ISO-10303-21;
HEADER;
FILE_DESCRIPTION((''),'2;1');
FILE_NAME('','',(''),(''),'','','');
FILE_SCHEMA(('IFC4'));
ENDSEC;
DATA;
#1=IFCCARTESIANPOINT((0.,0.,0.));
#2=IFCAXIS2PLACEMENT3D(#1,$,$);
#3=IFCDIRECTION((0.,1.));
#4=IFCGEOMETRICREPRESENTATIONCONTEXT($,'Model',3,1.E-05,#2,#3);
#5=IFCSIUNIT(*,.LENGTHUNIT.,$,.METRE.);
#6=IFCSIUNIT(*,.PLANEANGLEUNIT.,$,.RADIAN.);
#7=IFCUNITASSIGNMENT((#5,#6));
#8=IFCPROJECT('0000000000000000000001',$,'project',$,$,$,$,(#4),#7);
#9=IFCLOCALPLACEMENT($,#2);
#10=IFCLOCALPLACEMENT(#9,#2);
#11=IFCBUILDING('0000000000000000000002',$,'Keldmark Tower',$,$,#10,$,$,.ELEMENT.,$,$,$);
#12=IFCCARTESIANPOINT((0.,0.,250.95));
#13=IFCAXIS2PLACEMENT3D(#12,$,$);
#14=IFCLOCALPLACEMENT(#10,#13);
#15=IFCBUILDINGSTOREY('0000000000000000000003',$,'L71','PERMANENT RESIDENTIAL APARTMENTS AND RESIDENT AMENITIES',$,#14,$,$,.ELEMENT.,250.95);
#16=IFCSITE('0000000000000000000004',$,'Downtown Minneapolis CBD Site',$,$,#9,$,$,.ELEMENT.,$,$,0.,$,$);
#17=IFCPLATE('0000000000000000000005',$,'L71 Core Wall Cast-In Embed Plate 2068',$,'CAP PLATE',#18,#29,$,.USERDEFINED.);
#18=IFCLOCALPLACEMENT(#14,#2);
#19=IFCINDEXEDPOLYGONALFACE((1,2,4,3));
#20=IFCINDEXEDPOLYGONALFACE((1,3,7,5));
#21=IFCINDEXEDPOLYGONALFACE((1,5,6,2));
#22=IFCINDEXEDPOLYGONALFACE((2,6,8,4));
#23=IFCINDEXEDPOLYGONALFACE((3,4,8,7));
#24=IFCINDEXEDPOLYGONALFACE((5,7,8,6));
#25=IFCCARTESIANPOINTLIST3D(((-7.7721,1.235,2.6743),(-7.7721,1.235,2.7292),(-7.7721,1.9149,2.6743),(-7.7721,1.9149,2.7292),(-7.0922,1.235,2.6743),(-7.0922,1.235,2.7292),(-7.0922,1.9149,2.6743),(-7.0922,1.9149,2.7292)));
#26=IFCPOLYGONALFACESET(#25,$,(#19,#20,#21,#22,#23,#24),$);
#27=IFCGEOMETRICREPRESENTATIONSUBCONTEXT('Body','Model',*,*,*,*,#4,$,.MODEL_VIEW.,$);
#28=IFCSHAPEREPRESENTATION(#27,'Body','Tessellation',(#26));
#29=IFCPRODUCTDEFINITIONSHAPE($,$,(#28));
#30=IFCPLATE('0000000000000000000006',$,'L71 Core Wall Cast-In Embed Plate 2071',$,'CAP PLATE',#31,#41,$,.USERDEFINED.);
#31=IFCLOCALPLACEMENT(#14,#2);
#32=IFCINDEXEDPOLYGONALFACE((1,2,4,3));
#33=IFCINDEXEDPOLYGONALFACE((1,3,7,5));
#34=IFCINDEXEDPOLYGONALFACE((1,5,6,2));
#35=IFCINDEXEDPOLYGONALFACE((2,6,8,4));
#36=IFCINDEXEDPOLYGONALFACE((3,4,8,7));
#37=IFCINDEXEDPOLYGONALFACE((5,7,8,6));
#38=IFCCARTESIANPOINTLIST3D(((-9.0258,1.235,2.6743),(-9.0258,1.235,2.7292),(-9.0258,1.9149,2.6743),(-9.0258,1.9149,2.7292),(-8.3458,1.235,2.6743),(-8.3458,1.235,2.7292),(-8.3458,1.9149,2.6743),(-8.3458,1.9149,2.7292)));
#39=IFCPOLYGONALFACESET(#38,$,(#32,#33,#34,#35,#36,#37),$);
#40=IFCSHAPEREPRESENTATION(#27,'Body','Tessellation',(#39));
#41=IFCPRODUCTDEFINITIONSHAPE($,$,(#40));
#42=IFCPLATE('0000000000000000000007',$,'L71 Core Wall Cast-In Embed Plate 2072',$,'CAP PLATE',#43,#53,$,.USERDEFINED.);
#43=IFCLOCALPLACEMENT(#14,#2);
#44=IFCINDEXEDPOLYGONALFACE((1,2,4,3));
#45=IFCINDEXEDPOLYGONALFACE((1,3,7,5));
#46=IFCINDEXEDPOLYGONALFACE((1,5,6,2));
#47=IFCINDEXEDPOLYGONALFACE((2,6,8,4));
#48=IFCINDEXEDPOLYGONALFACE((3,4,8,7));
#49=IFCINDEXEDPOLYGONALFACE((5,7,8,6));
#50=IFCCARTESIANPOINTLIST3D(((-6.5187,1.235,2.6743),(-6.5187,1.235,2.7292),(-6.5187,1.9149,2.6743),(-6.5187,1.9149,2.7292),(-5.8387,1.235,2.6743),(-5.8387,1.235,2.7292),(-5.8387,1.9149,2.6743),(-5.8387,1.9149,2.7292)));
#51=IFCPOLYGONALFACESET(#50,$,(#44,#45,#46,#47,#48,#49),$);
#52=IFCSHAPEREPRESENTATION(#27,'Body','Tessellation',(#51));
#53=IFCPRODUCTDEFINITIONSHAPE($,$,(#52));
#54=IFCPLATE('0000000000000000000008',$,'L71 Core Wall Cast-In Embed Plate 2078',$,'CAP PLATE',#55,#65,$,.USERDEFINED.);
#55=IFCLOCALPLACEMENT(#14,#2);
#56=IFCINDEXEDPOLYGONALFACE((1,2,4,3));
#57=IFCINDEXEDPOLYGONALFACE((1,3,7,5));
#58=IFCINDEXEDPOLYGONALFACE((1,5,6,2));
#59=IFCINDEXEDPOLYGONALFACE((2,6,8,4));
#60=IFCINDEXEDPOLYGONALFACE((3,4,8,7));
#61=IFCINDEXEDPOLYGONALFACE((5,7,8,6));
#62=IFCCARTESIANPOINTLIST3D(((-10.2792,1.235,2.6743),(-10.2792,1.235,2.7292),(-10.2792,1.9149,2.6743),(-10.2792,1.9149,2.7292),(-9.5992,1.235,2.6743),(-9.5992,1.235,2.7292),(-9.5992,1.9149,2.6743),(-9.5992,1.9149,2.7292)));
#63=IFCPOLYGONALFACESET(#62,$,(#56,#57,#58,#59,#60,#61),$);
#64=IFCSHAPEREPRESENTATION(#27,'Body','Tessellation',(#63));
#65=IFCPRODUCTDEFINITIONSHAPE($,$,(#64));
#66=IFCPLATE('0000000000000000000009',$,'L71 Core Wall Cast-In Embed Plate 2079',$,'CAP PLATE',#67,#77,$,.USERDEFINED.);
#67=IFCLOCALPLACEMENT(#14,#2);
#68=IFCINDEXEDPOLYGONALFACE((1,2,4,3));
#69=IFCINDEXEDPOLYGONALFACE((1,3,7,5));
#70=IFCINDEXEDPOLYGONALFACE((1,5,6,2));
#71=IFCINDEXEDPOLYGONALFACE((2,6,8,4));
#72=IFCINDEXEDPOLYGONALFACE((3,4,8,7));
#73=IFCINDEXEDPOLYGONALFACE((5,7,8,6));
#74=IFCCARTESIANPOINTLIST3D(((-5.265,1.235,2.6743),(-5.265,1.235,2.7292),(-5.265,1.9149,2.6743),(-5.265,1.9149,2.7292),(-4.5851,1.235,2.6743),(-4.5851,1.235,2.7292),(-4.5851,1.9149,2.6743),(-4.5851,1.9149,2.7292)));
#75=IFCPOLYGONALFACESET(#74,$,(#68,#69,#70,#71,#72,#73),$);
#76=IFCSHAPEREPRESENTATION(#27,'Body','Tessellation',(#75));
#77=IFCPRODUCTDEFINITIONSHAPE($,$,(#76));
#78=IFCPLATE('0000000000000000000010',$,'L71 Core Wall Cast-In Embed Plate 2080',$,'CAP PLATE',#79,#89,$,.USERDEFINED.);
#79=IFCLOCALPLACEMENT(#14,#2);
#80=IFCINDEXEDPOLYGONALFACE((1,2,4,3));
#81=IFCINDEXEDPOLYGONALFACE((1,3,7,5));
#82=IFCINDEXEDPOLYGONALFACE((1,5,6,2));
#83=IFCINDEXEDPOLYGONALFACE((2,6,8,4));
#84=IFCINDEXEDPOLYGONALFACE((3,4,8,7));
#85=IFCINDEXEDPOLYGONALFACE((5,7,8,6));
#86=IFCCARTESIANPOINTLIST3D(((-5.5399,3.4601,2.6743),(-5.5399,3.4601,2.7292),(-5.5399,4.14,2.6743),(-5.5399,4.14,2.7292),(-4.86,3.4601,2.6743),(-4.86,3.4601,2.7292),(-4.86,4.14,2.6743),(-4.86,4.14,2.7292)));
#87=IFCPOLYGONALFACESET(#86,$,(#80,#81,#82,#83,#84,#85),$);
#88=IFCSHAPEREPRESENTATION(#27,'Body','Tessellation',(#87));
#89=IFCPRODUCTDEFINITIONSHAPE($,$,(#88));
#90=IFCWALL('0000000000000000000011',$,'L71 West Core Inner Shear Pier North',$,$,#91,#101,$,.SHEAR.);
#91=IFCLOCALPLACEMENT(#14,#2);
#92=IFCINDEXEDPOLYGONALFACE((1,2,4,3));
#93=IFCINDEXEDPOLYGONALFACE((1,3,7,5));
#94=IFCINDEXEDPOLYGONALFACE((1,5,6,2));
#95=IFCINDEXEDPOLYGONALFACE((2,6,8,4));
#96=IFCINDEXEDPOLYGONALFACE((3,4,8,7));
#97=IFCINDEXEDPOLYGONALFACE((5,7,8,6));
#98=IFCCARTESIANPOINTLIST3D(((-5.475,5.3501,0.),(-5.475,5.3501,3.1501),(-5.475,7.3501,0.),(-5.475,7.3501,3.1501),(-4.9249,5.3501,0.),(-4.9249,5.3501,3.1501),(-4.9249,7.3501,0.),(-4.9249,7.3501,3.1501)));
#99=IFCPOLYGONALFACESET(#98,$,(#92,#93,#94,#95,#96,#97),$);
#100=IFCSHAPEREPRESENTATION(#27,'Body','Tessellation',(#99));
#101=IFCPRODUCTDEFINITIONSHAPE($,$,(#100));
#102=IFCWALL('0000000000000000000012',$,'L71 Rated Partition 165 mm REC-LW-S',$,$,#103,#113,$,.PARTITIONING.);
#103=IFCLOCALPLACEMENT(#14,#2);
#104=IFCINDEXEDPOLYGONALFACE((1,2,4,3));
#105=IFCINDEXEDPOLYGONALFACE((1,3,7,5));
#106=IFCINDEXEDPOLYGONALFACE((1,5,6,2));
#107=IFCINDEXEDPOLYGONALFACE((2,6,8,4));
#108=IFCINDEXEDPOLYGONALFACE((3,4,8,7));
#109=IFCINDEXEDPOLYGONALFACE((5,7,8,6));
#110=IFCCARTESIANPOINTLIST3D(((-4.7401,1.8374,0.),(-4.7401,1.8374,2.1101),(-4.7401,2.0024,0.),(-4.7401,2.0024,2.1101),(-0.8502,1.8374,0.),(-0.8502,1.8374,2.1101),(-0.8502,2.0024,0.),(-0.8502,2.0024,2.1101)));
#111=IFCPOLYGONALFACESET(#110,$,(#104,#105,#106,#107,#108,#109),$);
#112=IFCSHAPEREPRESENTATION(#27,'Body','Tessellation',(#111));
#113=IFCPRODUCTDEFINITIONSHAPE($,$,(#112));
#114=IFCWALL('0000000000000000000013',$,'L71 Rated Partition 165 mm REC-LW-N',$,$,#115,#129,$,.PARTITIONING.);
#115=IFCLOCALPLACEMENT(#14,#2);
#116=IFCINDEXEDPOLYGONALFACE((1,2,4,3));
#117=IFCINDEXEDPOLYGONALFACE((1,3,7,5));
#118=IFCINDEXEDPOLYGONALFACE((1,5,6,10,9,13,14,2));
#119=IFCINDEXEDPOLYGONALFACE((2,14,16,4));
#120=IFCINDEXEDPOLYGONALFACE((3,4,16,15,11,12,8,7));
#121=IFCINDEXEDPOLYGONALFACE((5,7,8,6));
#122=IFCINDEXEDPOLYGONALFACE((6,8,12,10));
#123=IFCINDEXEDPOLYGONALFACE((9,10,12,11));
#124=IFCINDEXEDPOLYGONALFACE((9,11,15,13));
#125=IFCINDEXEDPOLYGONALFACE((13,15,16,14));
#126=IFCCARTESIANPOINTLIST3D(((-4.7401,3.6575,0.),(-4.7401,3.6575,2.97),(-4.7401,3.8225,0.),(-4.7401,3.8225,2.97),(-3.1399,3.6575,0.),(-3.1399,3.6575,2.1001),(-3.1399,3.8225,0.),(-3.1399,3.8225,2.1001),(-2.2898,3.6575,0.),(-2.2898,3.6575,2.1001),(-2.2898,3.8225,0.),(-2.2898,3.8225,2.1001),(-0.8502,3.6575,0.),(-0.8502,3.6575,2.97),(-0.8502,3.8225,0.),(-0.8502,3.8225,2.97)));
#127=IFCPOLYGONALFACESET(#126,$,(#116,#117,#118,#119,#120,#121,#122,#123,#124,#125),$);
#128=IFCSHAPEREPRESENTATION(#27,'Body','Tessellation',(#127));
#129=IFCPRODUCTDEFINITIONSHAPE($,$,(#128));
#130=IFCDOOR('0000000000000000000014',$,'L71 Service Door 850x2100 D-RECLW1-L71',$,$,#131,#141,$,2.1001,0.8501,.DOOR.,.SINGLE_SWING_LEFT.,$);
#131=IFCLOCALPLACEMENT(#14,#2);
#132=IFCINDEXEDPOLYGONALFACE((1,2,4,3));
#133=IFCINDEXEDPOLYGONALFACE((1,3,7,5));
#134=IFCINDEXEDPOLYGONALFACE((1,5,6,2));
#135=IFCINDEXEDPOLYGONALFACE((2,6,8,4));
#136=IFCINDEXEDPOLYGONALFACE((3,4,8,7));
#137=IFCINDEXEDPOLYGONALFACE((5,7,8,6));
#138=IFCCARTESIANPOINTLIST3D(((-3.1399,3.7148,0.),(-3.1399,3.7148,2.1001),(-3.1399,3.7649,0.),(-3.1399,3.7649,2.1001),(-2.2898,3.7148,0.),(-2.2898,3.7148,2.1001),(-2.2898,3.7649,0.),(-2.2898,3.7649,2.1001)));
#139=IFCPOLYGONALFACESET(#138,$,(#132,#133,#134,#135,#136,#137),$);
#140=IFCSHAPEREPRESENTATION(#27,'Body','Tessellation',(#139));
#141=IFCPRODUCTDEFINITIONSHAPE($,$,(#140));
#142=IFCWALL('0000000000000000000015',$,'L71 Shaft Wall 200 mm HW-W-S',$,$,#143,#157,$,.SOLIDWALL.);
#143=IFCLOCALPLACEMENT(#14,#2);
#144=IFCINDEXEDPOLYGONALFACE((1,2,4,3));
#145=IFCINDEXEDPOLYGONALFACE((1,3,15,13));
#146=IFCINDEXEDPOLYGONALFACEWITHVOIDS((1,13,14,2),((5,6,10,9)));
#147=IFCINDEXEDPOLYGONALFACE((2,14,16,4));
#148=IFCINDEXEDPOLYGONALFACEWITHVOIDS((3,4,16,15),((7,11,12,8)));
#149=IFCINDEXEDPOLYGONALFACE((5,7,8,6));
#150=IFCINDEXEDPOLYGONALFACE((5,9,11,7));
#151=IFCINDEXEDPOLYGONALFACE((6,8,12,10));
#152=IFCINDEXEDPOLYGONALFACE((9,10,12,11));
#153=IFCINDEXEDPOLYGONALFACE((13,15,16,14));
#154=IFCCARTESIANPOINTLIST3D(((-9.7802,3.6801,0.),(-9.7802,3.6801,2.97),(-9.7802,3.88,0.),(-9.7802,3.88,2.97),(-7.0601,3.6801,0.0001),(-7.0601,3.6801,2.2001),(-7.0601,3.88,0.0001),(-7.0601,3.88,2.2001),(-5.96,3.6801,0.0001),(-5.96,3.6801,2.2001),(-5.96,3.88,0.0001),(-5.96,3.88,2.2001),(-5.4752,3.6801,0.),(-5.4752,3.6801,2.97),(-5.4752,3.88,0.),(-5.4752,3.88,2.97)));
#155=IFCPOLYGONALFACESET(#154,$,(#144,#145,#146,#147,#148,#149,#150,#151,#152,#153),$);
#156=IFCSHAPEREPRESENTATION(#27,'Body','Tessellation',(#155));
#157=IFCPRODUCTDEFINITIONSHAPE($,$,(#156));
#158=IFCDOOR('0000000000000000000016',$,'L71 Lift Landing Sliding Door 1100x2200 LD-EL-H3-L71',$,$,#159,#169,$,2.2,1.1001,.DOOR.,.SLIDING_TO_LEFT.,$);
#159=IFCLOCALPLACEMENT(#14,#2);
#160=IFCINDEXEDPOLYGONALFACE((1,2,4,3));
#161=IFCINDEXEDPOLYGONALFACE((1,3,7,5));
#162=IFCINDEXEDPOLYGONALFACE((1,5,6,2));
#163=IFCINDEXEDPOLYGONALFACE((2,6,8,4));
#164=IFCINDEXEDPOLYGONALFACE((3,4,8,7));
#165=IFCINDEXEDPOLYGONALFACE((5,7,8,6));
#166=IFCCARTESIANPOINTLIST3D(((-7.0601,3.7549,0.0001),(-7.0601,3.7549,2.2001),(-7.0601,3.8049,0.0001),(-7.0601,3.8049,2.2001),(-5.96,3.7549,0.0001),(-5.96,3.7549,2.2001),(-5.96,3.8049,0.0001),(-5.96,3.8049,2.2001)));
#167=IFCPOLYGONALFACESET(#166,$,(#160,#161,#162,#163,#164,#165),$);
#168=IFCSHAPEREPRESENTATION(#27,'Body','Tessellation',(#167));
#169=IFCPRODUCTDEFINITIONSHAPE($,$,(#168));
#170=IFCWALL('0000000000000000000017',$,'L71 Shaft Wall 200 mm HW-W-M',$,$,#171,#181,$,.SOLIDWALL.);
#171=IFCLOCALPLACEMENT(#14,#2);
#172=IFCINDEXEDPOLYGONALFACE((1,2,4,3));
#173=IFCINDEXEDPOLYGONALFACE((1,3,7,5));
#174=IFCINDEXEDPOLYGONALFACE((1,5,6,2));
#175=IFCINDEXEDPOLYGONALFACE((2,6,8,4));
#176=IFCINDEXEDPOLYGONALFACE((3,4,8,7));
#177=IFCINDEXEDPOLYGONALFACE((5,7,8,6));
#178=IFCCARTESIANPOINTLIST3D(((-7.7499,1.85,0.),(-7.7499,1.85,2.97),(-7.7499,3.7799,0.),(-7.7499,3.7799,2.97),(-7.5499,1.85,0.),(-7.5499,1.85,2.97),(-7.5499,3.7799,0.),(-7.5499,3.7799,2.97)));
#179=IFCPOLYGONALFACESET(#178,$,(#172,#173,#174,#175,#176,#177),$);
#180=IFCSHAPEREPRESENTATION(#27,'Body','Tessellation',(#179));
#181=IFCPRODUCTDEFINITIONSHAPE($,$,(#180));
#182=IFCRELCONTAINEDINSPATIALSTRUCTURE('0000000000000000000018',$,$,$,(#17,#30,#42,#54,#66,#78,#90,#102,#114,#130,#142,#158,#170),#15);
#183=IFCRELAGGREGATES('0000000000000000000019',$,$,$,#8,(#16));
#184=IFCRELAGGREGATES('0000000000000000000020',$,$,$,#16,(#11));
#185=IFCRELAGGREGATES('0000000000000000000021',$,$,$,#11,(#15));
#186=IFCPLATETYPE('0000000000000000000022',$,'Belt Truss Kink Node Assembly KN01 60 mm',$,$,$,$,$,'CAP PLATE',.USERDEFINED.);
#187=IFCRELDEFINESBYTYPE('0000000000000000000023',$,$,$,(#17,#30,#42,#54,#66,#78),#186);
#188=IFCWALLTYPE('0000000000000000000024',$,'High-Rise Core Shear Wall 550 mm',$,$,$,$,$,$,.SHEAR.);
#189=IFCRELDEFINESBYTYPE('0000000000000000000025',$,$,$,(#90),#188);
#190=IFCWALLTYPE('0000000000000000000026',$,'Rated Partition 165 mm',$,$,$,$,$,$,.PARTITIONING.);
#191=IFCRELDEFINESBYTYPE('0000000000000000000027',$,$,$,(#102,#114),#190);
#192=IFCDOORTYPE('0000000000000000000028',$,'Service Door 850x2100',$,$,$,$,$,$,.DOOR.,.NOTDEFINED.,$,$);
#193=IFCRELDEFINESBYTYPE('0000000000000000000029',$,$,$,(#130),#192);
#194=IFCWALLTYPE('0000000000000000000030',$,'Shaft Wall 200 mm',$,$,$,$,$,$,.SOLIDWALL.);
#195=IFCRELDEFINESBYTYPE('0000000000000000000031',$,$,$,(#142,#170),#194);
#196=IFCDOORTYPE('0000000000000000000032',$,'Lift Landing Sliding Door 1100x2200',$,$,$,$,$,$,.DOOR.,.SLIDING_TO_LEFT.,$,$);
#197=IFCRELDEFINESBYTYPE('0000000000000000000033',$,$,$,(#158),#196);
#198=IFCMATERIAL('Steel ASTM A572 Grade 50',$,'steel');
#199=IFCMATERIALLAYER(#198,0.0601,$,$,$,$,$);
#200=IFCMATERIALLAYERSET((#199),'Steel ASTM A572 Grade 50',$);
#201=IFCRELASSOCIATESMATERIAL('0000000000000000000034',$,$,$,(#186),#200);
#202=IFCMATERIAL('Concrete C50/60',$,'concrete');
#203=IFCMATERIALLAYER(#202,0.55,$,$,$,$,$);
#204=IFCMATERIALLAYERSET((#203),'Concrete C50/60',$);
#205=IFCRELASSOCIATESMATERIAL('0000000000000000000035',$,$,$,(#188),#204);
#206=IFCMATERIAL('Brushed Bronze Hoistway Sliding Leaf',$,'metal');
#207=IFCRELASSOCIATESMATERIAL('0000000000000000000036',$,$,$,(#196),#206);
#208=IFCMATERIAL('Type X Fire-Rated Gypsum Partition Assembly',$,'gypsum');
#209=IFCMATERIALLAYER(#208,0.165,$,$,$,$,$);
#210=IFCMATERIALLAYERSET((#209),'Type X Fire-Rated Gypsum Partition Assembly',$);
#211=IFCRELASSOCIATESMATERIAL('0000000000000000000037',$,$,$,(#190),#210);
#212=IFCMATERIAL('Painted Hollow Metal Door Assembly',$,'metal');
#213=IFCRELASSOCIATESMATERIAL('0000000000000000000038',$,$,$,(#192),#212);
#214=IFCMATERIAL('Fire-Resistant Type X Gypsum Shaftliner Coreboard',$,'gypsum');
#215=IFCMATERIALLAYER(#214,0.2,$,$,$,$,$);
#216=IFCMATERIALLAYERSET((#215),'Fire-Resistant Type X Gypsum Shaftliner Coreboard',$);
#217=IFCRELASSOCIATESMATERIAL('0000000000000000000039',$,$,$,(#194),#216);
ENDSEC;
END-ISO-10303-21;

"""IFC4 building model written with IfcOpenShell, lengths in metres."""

from ifc_helpers import new_model, si_unit, direction, frame, frame_2d, origin, origin_2d, place, context, subcontext, project, spatial, rectangle, extrude, material, layer, layer_set, type_object, element, fill, save


model = new_model("IFC4")

# Units and contexts
model_context = context("Model", 3, precision=1e-05, world=origin(), true_north=direction((0.0, 1.0)))
body_context = subcontext(model_context, "Body", "Model", "MODEL_VIEW")
ifc_project = project(units=[si_unit("LENGTHUNIT", "METRE"), si_unit("PLANEANGLEUNIT", "RADIAN")], contexts=[model_context])

# Site, building, storey
site_placement = place(None, origin())
site = spatial("IfcSite", under=ifc_project, at=site_placement, Name="Downtown Minneapolis CBD Site", CompositionType="ELEMENT", RefElevation=0.0)
building_placement = place(site_placement, origin())
building = spatial("IfcBuilding", under=site, at=building_placement, Name="Keldmark Tower", CompositionType="ELEMENT")
storey_placement = place(building_placement, frame((0.0, 0.0, 250.95)))
storey = spatial("IfcBuildingStorey", under=building, at=storey_placement, Name="L71", Description="PERMANENT RESIDENTIAL APARTMENTS AND RESIDENT AMENITIES", CompositionType="ELEMENT", Elevation=250.95)

# Plates
ifc_material_1 = material(Name="Steel ASTM A572 Grade 50", Category="steel")
ifc_layer_1 = layer(ifc_material_1, 0.0601)
ifc_layer_set_1 = layer_set([ifc_layer_1], Name="Steel ASTM A572 Grade 50")
plate_type = type_object("IfcPlateType", Name="Belt Truss Kink Node Assembly KN01 60 mm", ElementType="CAP PLATE", PredefinedType="USERDEFINED", material=ifc_layer_set_1)
for number, where, z_axis, x_axis, name in (
    (1, (-7.4321, 1.575, 2.6743), (0.0, 0.0, 1.0), (1.0, 0.0, 0.0), "L71 Core Wall Cast-In Embed Plate 2068"),
    (2, (-8.6858, 1.575, 2.6743), (0.0, 0.0, 1.0), (1.0, 0.0, 0.0), "L71 Core Wall Cast-In Embed Plate 2071"),
    (3, (-6.1787, 1.575, 2.6743), (0.0, 0.0, 1.0), (1.0, 0.0, 0.0), "L71 Core Wall Cast-In Embed Plate 2072"),
    (4, (-9.9392, 1.575, 2.6743), (0.0, 0.0, 1.0), (1.0, 0.0, 0.0), "L71 Core Wall Cast-In Embed Plate 2078"),
    (5, (-4.925, 1.575, 2.6743), (0.0, 0.0, 1.0), (1.0, 0.0, 0.0), "L71 Core Wall Cast-In Embed Plate 2079"),
    (6, (-5.2, 3.8, 2.6743), (0.0, 0.0, 1.0), (1.0, 0.0, 0.0), "L71 Core Wall Cast-In Embed Plate 2080"),
):
    element("IfcPlate", number, at=place(storey_placement, frame(where, z_axis=z_axis, x_axis=x_axis)), inside=storey, type_object=plate_type, Name=name, ObjectType="CAP PLATE", PredefinedType="USERDEFINED", context=body_context, shape_type="SweptSolid", body=[
        extrude(rectangle(XDim=0.6799, YDim=0.6799, at=origin_2d()), origin(), (0.0, 0.0, 1.0), 0.0549),
    ])

# Shared definitions
ifc_material_2 = material(Name="Concrete C50/60", Category="concrete")
ifc_layer_2 = layer(ifc_material_2, 0.55)
ifc_layer_set_2 = layer_set([ifc_layer_2], Name="Concrete C50/60")
wall_type_1 = type_object("IfcWallType", Name="High-Rise Core Shear Wall 550 mm", PredefinedType="SHEAR", material=ifc_layer_set_2)
ifc_material_3 = material(Name="Brushed Bronze Hoistway Sliding Leaf", Category="metal")
door_type_1 = type_object("IfcDoorType", Name="Lift Landing Sliding Door 1100x2200", OperationType="SLIDING_TO_LEFT", PredefinedType="DOOR", material=ifc_material_3)

# Walls
wall_1_placement = place(storey_placement, frame((-5.2, 5.3501, 0.0), z_axis=(0.0, 0.0, 1.0), x_axis=(0.0, 1.0, 0.0)))
element("IfcWall", 7, at=wall_1_placement, inside=storey, type_object=wall_type_1, Name="L71 West Core Inner Shear Pier North", PredefinedType="SHEAR", context=body_context, shape_type="SweptSolid", body=[
    extrude(rectangle(XDim=2.0, YDim=0.55, at=frame_2d((1.0, 0.0))), origin(), (0.0, 0.0, 1.0), 3.1501),
])
ifc_material_4 = material(Name="Type X Fire-Rated Gypsum Partition Assembly", Category="gypsum")
ifc_layer_3 = layer(ifc_material_4, 0.165)
ifc_layer_set_3 = layer_set([ifc_layer_3], Name="Type X Fire-Rated Gypsum Partition Assembly")
wall_type_2 = type_object("IfcWallType", Name="Rated Partition 165 mm", PredefinedType="PARTITIONING", material=ifc_layer_set_3)
wall_2_placement = place(storey_placement, frame((-4.74, 1.9199, 0.0), z_axis=(0.0, 0.0, 1.0), x_axis=(1.0, 0.0, 0.0)))
element("IfcWall", 8, at=wall_2_placement, inside=storey, type_object=wall_type_2, Name="L71 Rated Partition 165 mm REC-LW-S", PredefinedType="PARTITIONING", context=body_context, shape_type="SweptSolid", body=[
    extrude(rectangle(XDim=3.8899, YDim=0.165, at=frame_2d((1.9448, 0.0))), origin(), (0.0, 0.0, 1.0), 2.1101),
])

# Walls, openings, doors
wall_3_placement = place(storey_placement, frame((-4.74, 3.74, 0.0), z_axis=(0.0, 0.0, 1.0), x_axis=(1.0, 0.0, 0.0)))
wall_3 = element("IfcWall", 9, at=wall_3_placement, inside=storey, type_object=wall_type_2, Name="L71 Rated Partition 165 mm REC-LW-N", PredefinedType="PARTITIONING", context=body_context, shape_type="SweptSolid", body=[
    extrude(rectangle(XDim=3.8899, YDim=0.165, at=frame_2d((1.9448, 0.0))), origin(), (0.0, 0.0, 1.0), 2.97),
])
opening_1_placement = place(wall_3_placement, frame((1.6001, 0.0, 0.0)))
opening_1 = element("IfcOpeningElement", 10, at=opening_1_placement, cuts=wall_3, PredefinedType="OPENING", context=body_context, shape_type="SweptSolid", body=[
    extrude(rectangle(XDim=0.8501, YDim=2.1001, at=frame_2d((0.425, 1.05))), frame((0.0, 0.0925, 0.0), z_axis=(0.0, -1.0, 0.0), x_axis=(1.0, 0.0, 0.0)), (0.0, 0.0, 1.0), 0.1851),
])
ifc_material_5 = material(Name="Painted Hollow Metal Door Assembly", Category="metal")
door_type_2 = type_object("IfcDoorType", Name="Service Door 850x2100", OperationType="NOTDEFINED", PredefinedType="DOOR", material=ifc_material_5)
door_1_placement = place(opening_1_placement, origin())
door_1 = element("IfcDoor", 11, at=door_1_placement, inside=storey, type_object=door_type_2, Name="L71 Service Door 850x2100 D-RECLW1-L71", OperationType="SINGLE_SWING_LEFT", OverallHeight=2.1001, OverallWidth=0.8501, PredefinedType="DOOR", context=body_context, shape_type="SweptSolid", body=[
    extrude(rectangle(XDim=0.8501, YDim=2.1001, at=frame_2d((0.425, 1.05))), frame((0.0, 0.0249, 0.0), z_axis=(0.0, -1.0, 0.0), x_axis=(1.0, 0.0, 0.0)), (0.0, 0.0, 1.0), 0.05),
])
fill(opening_1, door_1)
ifc_material_6 = material(Name="Fire-Resistant Type X Gypsum Shaftliner Coreboard", Category="gypsum")
ifc_layer_4 = layer(ifc_material_6, 0.2)
ifc_layer_set_4 = layer_set([ifc_layer_4], Name="Fire-Resistant Type X Gypsum Shaftliner Coreboard")
wall_type_3 = type_object("IfcWallType", Name="Shaft Wall 200 mm", PredefinedType="SOLIDWALL", material=ifc_layer_set_4)
wall_4_placement = place(storey_placement, frame((-9.78, 3.78, 0.0), z_axis=(0.0, 0.0, 1.0), x_axis=(1.0, 0.0, 0.0)))
wall_4 = element("IfcWall", 12, at=wall_4_placement, inside=storey, type_object=wall_type_3, Name="L71 Shaft Wall 200 mm HW-W-S", PredefinedType="SOLIDWALL", context=body_context, shape_type="SweptSolid", body=[
    extrude(rectangle(XDim=4.3049, YDim=0.2, at=frame_2d((2.1523, 0.0))), origin(), (0.0, 0.0, 1.0), 2.97),
])
opening_2_placement = place(wall_4_placement, frame((2.72, 0.0, 0.0)))
opening_2 = element("IfcOpeningElement", 13, at=opening_2_placement, cuts=wall_4, PredefinedType="OPENING", context=body_context, shape_type="SweptSolid", body=[
    extrude(rectangle(XDim=1.1001, YDim=2.2, at=frame_2d((0.55, 1.1001))), frame((0.0, 0.1099, 0.0), z_axis=(0.0, -1.0, 0.0), x_axis=(1.0, 0.0, 0.0)), (0.0, 0.0, 1.0), 0.22),
])
door_2_placement = place(opening_2_placement, origin())
door_2 = element("IfcDoor", 14, at=door_2_placement, inside=storey, type_object=door_type_1, Name="L71 Lift Landing Sliding Door 1100x2200 LD-EL-H3-L71", OperationType="SLIDING_TO_LEFT", OverallHeight=2.2, OverallWidth=1.1001, PredefinedType="DOOR", context=body_context, shape_type="SweptSolid", body=[
    extrude(rectangle(XDim=1.1001, YDim=2.2, at=frame_2d((0.55, 1.1001))), frame((0.0, 0.0249, 0.0), z_axis=(0.0, -1.0, 0.0), x_axis=(1.0, 0.0, 0.0)), (0.0, 0.0, 1.0), 0.05),
])
fill(opening_2, door_2)

# Wall
wall_5_placement = place(storey_placement, frame((-7.6499, 1.8501, 0.0), z_axis=(0.0, 0.0, 1.0), x_axis=(0.0, 1.0, 0.0)))
element("IfcWall", 15, at=wall_5_placement, inside=storey, type_object=wall_type_3, Name="L71 Shaft Wall 200 mm HW-W-M", PredefinedType="SOLIDWALL", context=body_context, shape_type="SweptSolid", body=[
    extrude(rectangle(XDim=1.9299, YDim=0.2, at=frame_2d((0.9648, 0.0))), origin(), (0.0, 0.0, 1.0), 2.97),
])

save(model, "model.ifc")
